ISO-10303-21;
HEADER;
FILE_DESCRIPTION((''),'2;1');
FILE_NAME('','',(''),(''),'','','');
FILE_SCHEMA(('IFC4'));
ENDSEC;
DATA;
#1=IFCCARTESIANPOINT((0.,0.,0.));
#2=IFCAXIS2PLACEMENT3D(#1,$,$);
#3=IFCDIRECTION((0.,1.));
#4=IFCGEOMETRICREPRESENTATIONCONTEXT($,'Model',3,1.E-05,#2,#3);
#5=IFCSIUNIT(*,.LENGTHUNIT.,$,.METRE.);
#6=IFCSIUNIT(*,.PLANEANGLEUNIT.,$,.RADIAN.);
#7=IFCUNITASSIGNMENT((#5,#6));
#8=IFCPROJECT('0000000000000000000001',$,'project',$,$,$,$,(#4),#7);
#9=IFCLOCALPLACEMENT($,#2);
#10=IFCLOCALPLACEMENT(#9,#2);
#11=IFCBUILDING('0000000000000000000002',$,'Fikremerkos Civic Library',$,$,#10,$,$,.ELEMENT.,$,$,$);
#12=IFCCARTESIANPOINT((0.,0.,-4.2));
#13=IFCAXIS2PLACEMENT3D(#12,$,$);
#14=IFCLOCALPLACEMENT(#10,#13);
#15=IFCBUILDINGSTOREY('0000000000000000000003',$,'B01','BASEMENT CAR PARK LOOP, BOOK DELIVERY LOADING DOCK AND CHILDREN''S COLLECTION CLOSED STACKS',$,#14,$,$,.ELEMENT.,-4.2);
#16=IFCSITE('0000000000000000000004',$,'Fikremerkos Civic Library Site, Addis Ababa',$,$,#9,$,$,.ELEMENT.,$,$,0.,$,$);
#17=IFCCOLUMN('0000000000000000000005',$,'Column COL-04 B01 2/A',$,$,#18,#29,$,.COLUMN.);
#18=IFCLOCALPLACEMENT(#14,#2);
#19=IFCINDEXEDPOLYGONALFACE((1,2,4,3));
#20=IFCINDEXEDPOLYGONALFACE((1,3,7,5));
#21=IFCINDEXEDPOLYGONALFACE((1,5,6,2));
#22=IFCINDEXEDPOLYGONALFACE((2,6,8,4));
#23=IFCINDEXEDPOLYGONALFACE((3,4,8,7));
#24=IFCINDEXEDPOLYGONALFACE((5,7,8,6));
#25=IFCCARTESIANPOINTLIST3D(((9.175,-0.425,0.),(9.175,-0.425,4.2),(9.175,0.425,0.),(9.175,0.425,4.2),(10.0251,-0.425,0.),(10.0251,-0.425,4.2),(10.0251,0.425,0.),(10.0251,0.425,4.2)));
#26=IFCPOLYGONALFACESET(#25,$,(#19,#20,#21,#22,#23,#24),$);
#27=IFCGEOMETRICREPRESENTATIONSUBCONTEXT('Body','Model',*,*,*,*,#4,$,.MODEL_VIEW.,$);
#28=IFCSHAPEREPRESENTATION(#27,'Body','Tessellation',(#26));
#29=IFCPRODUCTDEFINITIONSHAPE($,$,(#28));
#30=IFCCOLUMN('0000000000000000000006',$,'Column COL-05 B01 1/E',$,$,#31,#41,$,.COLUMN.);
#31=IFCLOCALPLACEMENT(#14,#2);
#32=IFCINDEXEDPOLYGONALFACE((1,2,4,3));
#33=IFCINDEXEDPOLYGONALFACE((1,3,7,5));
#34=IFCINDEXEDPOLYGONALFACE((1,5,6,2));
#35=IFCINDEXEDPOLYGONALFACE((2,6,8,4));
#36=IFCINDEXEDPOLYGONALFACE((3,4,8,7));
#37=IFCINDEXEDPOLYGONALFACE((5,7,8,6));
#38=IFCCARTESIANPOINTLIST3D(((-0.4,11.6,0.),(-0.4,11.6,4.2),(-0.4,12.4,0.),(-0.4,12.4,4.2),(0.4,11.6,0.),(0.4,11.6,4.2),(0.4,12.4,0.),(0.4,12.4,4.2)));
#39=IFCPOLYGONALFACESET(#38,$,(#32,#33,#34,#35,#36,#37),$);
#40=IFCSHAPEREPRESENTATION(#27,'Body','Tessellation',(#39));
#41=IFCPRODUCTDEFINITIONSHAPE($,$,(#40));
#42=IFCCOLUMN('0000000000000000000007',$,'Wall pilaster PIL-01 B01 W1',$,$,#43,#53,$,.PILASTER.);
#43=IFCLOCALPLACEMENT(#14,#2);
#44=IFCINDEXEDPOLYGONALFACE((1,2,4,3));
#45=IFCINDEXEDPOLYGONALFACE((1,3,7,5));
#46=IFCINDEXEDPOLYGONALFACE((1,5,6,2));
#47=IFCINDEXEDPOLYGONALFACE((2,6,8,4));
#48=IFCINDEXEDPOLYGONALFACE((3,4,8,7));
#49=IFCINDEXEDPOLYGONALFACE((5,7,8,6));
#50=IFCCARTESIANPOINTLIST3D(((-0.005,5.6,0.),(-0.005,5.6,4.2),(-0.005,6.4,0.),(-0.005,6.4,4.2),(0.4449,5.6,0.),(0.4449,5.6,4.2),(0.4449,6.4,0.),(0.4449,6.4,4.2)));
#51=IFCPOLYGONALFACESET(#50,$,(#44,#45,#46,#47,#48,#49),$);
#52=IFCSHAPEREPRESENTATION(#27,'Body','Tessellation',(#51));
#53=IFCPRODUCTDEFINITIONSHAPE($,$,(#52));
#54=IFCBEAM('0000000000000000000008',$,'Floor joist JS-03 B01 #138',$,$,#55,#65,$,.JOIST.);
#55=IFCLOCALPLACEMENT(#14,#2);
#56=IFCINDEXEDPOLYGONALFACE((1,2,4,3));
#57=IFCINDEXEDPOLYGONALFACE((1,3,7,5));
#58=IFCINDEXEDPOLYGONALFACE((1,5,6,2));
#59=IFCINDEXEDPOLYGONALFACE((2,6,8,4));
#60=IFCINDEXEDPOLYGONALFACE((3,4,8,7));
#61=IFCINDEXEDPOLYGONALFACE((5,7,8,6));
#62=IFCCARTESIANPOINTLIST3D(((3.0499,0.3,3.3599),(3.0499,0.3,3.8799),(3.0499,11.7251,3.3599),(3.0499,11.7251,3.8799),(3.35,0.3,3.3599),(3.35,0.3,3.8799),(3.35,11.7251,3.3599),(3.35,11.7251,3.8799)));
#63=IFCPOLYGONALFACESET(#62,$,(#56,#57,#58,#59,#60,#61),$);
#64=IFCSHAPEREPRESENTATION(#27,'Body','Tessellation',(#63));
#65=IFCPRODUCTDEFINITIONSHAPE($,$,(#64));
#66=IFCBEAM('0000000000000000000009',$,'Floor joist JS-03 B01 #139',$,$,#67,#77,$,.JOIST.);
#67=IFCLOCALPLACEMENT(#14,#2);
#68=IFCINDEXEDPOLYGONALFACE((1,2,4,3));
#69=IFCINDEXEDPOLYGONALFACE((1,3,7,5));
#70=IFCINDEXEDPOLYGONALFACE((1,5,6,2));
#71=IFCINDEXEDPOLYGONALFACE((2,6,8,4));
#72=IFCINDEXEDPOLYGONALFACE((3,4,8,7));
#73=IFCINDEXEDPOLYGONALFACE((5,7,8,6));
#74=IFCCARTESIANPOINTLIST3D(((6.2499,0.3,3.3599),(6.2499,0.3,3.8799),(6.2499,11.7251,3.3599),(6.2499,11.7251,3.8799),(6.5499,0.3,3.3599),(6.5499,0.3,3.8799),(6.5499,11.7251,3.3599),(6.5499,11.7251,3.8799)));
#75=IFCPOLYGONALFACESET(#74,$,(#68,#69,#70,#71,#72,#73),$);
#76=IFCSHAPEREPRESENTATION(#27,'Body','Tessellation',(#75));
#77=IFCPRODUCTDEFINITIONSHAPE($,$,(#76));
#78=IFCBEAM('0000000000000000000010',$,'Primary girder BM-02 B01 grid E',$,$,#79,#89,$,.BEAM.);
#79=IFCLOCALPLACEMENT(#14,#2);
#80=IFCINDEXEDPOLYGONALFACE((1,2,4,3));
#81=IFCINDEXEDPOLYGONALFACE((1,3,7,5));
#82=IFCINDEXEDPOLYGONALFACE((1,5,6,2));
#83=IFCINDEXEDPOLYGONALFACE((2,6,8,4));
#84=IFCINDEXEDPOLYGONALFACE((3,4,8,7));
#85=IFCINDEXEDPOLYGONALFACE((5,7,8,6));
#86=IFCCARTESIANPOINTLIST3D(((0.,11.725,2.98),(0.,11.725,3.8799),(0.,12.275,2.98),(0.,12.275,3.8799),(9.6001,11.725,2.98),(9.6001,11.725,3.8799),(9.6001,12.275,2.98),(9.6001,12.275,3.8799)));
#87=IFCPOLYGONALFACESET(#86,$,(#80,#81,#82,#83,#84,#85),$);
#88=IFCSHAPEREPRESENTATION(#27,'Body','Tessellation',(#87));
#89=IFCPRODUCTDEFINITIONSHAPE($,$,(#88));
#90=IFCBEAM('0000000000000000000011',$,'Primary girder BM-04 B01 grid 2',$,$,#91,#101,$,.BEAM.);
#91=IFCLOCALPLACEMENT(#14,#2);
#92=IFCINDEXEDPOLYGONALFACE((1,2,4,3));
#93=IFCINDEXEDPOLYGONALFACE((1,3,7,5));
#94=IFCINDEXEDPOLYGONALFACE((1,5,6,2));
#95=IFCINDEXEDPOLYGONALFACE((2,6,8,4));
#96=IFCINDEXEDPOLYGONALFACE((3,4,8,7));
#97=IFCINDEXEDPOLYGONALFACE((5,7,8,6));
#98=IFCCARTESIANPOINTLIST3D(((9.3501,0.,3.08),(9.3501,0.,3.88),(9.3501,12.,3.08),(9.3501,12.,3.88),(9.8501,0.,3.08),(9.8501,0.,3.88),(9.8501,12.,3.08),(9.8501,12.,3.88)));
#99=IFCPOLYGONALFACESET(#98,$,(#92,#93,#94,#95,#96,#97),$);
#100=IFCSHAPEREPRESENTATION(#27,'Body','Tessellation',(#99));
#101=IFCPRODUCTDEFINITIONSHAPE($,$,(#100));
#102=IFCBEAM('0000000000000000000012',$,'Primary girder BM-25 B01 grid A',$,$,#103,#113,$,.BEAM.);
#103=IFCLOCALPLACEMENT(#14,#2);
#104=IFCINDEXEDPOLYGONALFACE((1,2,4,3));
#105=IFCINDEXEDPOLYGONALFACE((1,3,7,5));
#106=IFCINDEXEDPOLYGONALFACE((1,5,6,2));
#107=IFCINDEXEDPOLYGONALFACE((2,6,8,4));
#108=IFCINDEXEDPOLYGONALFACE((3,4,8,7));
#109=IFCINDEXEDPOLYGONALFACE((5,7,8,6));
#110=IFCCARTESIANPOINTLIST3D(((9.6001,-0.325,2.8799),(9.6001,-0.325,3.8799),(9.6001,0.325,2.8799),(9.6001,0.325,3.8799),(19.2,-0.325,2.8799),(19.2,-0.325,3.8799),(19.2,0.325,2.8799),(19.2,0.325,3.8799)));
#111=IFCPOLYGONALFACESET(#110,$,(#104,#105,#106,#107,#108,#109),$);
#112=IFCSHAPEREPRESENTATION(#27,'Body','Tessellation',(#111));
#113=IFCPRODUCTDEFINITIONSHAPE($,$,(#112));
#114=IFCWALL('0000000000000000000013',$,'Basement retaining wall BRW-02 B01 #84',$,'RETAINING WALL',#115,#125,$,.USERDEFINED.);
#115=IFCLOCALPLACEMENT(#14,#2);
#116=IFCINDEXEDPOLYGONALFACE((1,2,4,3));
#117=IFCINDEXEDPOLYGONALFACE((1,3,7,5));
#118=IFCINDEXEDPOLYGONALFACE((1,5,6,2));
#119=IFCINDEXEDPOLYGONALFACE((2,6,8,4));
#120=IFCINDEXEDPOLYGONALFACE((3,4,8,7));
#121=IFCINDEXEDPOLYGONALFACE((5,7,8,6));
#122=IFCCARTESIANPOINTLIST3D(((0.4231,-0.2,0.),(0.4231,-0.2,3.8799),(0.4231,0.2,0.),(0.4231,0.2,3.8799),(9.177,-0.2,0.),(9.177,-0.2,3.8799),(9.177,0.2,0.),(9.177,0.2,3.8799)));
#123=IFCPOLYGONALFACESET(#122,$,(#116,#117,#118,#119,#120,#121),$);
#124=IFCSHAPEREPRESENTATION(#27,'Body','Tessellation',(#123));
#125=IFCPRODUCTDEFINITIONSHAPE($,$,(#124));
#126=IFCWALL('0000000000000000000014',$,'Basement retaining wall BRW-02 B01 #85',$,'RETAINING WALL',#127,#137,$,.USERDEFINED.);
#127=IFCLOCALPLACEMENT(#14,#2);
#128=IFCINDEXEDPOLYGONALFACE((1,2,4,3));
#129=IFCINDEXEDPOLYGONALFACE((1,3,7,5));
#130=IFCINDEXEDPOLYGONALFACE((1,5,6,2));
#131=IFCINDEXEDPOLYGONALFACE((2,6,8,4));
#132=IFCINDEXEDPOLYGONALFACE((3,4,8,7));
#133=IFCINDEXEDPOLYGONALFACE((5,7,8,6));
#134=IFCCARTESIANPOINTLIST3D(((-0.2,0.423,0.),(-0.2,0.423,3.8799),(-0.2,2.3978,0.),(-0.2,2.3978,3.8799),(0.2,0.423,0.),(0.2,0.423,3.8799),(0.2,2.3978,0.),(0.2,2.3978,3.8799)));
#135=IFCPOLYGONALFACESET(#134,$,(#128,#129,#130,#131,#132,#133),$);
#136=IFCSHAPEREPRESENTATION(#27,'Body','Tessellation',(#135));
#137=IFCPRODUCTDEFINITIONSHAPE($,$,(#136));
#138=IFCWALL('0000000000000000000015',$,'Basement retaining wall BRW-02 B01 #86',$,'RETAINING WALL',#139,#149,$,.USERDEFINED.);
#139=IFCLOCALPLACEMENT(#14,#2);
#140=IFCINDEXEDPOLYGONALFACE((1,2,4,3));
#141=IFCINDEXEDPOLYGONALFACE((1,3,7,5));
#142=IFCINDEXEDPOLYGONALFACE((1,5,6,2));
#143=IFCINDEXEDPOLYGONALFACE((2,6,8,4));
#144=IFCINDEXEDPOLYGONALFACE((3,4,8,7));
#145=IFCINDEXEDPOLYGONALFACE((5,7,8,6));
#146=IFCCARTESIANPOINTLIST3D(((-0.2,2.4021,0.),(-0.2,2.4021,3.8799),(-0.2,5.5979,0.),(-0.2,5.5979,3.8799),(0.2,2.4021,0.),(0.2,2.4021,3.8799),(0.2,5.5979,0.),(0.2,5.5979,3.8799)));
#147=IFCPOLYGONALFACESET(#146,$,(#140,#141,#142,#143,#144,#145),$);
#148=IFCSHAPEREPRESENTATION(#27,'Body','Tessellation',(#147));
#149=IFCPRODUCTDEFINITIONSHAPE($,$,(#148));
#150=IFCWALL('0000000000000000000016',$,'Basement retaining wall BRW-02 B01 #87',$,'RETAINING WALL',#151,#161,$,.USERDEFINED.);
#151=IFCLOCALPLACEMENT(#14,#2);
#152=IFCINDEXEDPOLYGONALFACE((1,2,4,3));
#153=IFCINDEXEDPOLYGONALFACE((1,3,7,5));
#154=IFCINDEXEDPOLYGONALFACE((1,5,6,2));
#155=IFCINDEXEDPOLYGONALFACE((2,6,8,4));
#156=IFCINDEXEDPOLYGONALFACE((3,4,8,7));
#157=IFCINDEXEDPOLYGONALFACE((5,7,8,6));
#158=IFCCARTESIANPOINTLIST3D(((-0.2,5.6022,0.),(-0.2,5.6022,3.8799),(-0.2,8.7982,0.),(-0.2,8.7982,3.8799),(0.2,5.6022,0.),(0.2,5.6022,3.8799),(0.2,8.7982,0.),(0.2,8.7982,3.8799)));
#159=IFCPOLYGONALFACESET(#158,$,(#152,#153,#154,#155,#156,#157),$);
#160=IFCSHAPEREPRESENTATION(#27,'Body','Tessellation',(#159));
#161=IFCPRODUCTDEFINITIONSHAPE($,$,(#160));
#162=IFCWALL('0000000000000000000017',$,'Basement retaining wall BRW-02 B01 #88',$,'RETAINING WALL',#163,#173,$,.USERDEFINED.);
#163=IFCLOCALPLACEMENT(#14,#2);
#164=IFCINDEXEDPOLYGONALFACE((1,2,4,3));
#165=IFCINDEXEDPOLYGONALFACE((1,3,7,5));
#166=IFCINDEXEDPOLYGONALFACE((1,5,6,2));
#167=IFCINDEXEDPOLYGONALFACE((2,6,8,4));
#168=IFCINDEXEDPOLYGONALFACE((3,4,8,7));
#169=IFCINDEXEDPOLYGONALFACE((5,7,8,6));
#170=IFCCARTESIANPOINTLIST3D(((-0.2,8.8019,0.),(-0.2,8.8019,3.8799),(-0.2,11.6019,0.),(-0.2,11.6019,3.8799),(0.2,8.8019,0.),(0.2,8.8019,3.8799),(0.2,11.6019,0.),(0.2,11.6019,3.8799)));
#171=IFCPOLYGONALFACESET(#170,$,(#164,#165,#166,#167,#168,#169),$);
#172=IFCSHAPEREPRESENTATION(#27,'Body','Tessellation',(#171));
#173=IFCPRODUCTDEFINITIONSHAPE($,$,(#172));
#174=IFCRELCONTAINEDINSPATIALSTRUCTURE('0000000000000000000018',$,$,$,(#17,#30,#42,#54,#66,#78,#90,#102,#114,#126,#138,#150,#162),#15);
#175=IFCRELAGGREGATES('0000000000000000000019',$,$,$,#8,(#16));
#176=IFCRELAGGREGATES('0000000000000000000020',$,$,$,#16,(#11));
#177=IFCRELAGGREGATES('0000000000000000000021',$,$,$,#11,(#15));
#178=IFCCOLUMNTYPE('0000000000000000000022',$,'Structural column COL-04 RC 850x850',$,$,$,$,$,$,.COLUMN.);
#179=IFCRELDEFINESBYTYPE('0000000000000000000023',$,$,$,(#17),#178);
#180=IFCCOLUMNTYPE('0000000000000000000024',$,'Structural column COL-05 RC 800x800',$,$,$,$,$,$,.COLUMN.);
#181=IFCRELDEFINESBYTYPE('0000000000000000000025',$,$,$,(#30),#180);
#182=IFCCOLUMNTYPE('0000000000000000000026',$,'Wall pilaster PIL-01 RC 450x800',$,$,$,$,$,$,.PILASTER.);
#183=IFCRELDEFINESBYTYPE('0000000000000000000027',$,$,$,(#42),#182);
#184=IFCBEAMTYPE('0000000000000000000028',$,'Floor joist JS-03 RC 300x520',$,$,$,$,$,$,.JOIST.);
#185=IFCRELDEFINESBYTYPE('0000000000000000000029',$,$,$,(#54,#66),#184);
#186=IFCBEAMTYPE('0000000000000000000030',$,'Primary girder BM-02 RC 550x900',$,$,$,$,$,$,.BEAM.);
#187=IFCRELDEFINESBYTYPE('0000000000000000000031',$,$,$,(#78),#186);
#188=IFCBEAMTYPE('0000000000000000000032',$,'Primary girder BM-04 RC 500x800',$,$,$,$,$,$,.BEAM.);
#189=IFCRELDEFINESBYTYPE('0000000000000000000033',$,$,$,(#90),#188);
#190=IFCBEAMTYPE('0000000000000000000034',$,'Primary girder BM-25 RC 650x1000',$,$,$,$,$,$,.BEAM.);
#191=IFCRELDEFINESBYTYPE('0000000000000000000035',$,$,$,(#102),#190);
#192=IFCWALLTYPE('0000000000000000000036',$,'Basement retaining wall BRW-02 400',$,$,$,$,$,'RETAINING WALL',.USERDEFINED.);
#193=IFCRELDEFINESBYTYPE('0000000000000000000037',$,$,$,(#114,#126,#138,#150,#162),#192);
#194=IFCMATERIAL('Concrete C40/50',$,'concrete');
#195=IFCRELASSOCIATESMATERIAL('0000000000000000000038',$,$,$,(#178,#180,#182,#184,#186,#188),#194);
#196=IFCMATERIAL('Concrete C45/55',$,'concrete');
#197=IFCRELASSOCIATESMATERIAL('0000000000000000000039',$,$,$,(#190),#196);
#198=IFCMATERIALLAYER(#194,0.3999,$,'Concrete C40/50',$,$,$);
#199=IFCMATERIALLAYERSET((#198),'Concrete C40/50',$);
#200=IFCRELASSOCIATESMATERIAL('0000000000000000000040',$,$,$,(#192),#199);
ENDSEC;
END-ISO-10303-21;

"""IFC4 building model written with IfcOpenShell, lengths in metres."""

from ifc_helpers import new_model, si_unit, direction, frame, frame_2d, origin, origin_2d, place, context, subcontext, project, spatial, rectangle, extrude, material, layer, layer_set, material_profile, profile_set, type_object, element, save


model = new_model("IFC4")

# Units and contexts
model_context = context("Model", 3, precision=1e-05, world=origin(), true_north=direction((0.0, 1.0)))
body_context = subcontext(model_context, "Body", "Model", "MODEL_VIEW")
ifc_project = project(units=[si_unit("LENGTHUNIT", "METRE"), si_unit("PLANEANGLEUNIT", "RADIAN")], contexts=[model_context])

# Site, building, storey
site_placement = place(None, origin())
site = spatial("IfcSite", under=ifc_project, at=site_placement, Name="Fikremerkos Civic Library Site, Addis Ababa", CompositionType="ELEMENT", RefElevation=0.0)
building_placement = place(site_placement, origin())
building = spatial("IfcBuilding", under=site, at=building_placement, Name="Fikremerkos Civic Library", CompositionType="ELEMENT")
storey_placement = place(building_placement, frame((0.0, 0.0, -4.2)))
storey = spatial("IfcBuildingStorey", under=building, at=storey_placement, Name="B01", Description="BASEMENT CAR PARK LOOP, BOOK DELIVERY LOADING DOCK AND CHILDREN'S COLLECTION CLOSED STACKS", CompositionType="ELEMENT", Elevation=-4.2)

# Columns
ifc_material_1 = material(Name="Concrete C40/50", Category="concrete")
ifc_material_profile_1 = material_profile(ifc_material_1, rectangle(XDim=0.8501, YDim=0.8501, at=origin_2d()), Name="RC 850x850")
ifc_profile_set_1 = profile_set([ifc_material_profile_1], Name="Concrete C40/50")
column_type_1 = type_object("IfcColumnType", Name="Structural column COL-04 RC 850x850", PredefinedType="COLUMN", material=ifc_profile_set_1)
column_1_placement = place(storey_placement, frame((9.6001, 0.0, 0.0), z_axis=(0.0, 0.0, 1.0), x_axis=(1.0, 0.0, 0.0)))
element("IfcColumn", 1, at=column_1_placement, inside=storey, type_object=column_type_1, Name="Column COL-04 B01 2/A", PredefinedType="COLUMN", context=body_context, shape_type="SweptSolid", body=[
    extrude(rectangle(XDim=0.8501, YDim=0.8501, at=origin_2d()), origin(), (0.0, 0.0, 1.0), 4.2),
])
ifc_material_profile_2 = material_profile(ifc_material_1, rectangle(XDim=0.8, YDim=0.8, at=origin_2d()), Name="RC 800x800")
ifc_profile_set_2 = profile_set([ifc_material_profile_2], Name="Concrete C40/50")
column_type_2 = type_object("IfcColumnType", Name="Structural column COL-05 RC 800x800", PredefinedType="COLUMN", material=ifc_profile_set_2)
column_2_placement = place(storey_placement, frame((0.0, 12.0, 0.0), z_axis=(0.0, 0.0, 1.0), x_axis=(1.0, 0.0, 0.0)))
element("IfcColumn", 2, at=column_2_placement, inside=storey, type_object=column_type_2, Name="Column COL-05 B01 1/E", PredefinedType="COLUMN", context=body_context, shape_type="SweptSolid", body=[
    extrude(rectangle(XDim=0.8, YDim=0.8, at=origin_2d()), origin(), (0.0, 0.0, 1.0), 4.2),
])
ifc_material_profile_3 = material_profile(ifc_material_1, rectangle(XDim=0.45, YDim=0.8, at=origin_2d()), Name="RC 450x800")
ifc_profile_set_3 = profile_set([ifc_material_profile_3], Name="Concrete C40/50")
column_type_3 = type_object("IfcColumnType", Name="Wall pilaster PIL-01 RC 450x800", PredefinedType="PILASTER", material=ifc_profile_set_3)
column_3_placement = place(storey_placement, frame((0.22, 6.0, 0.0), z_axis=(0.0, 0.0, 1.0), x_axis=(1.0, 0.0, 0.0)))
element("IfcColumn", 3, at=column_3_placement, inside=storey, type_object=column_type_3, Name="Wall pilaster PIL-01 B01 W1", PredefinedType="PILASTER", context=body_context, shape_type="SweptSolid", body=[
    extrude(rectangle(XDim=0.45, YDim=0.8, at=origin_2d()), origin(), (0.0, 0.0, 1.0), 4.2),
])

# Beams
ifc_material_profile_4 = material_profile(ifc_material_1, rectangle(XDim=0.3, YDim=0.52, at=origin_2d()), Name="RC 300x520")
ifc_profile_set_4 = profile_set([ifc_material_profile_4], Name="Concrete C40/50")
beam_type_1 = type_object("IfcBeamType", Name="Floor joist JS-03 RC 300x520", PredefinedType="JOIST", material=ifc_profile_set_4)
for number, where, z_axis, x_axis, name in (
    (4, (3.2, 0.3, 3.6199), (0.0, 1.0, 0.0), (-1.0, 0.0, 0.0), "Floor joist JS-03 B01 #138"),
    (5, (6.3999, 0.3, 3.6199), (0.0, 1.0, 0.0), (-1.0, 0.0, 0.0), "Floor joist JS-03 B01 #139"),
):
    element("IfcBeam", number, at=place(storey_placement, frame(where, z_axis=z_axis, x_axis=x_axis)), inside=storey, type_object=beam_type_1, Name=name, PredefinedType="JOIST", context=body_context, shape_type="SweptSolid", body=[
        extrude(rectangle(XDim=0.3, YDim=0.52, at=origin_2d()), origin(), (0.0, 0.0, 1.0), 11.425),
    ])
ifc_material_profile_5 = material_profile(ifc_material_1, rectangle(XDim=0.55, YDim=0.8999, at=origin_2d()), Name="RC 550x900")
ifc_profile_set_5 = profile_set([ifc_material_profile_5], Name="Concrete C40/50")
beam_type_2 = type_object("IfcBeamType", Name="Primary girder BM-02 RC 550x900", PredefinedType="BEAM", material=ifc_profile_set_5)
beam_1_placement = place(storey_placement, frame((0.0, 12.0, 3.4299), z_axis=(1.0, 0.0, 0.0), x_axis=(0.0, 1.0, 0.0)))
element("IfcBeam", 6, at=beam_1_placement, inside=storey, type_object=beam_type_2, Name="Primary girder BM-02 B01 grid E", PredefinedType="BEAM", context=body_context, shape_type="SweptSolid", body=[
    extrude(rectangle(XDim=0.55, YDim=0.8999, at=origin_2d()), origin(), (0.0, 0.0, 1.0), 9.6001),
])
ifc_material_profile_6 = material_profile(ifc_material_1, rectangle(XDim=0.5, YDim=0.8, at=origin_2d()), Name="RC 500x800")
ifc_profile_set_6 = profile_set([ifc_material_profile_6], Name="Concrete C40/50")
beam_type_3 = type_object("IfcBeamType", Name="Primary girder BM-04 RC 500x800", PredefinedType="BEAM", material=ifc_profile_set_6)
beam_2_placement = place(storey_placement, frame((9.6001, 0.0, 3.48), z_axis=(0.0, 1.0, 0.0), x_axis=(-1.0, 0.0, 0.0)))
element("IfcBeam", 7, at=beam_2_placement, inside=storey, type_object=beam_type_3, Name="Primary girder BM-04 B01 grid 2", PredefinedType="BEAM", context=body_context, shape_type="SweptSolid", body=[
    extrude(rectangle(XDim=0.5, YDim=0.8, at=origin_2d()), origin(), (0.0, 0.0, 1.0), 12.0),
])
ifc_material_2 = material(Name="Concrete C45/55", Category="concrete")
ifc_material_profile_7 = material_profile(ifc_material_2, rectangle(XDim=0.6499, YDim=1.0, at=origin_2d()), Name="RC 650x1000")
ifc_profile_set_7 = profile_set([ifc_material_profile_7], Name="Concrete C45/55")
beam_type_4 = type_object("IfcBeamType", Name="Primary girder BM-25 RC 650x1000", PredefinedType="BEAM", material=ifc_profile_set_7)
beam_3_placement = place(storey_placement, frame((9.6001, 0.0, 3.3799), z_axis=(1.0, 0.0, 0.0), x_axis=(0.0, 1.0, 0.0)))
element("IfcBeam", 8, at=beam_3_placement, inside=storey, type_object=beam_type_4, Name="Primary girder BM-25 B01 grid A", PredefinedType="BEAM", context=body_context, shape_type="SweptSolid", body=[
    extrude(rectangle(XDim=0.6499, YDim=1.0, at=origin_2d()), origin(), (0.0, 0.0, 1.0), 9.5999),
])

# Walls
ifc_layer_1 = layer(ifc_material_1, 0.3999, Name="Concrete C40/50")
ifc_layer_set_1 = layer_set([ifc_layer_1], Name="Concrete C40/50")
wall_type = type_object("IfcWallType", Name="Basement retaining wall BRW-02 400", ElementType="RETAINING WALL", PredefinedType="USERDEFINED", material=ifc_layer_set_1)
wall_1_placement = place(storey_placement, frame((9.177, 0.0, 0.0), z_axis=(0.0, 0.0, 1.0), x_axis=(-1.0, 0.0, 0.0)))
element("IfcWall", 9, at=wall_1_placement, inside=storey, type_object=wall_type, Name="Basement retaining wall BRW-02 B01 #84", ObjectType="RETAINING WALL", PredefinedType="USERDEFINED", context=body_context, shape_type="SweptSolid", body=[
    extrude(rectangle(XDim=8.7539, YDim=0.3999, at=frame_2d((4.377, 0.0))), origin(), (0.0, 0.0, 1.0), 3.8799),
])
wall_2_placement = place(storey_placement, frame((0.0, 0.4231, 0.0), z_axis=(0.0, 0.0, 1.0), x_axis=(0.0, 1.0, 0.0)))
element("IfcWall", 10, at=wall_2_placement, inside=storey, type_object=wall_type, Name="Basement retaining wall BRW-02 B01 #85", ObjectType="RETAINING WALL", PredefinedType="USERDEFINED", context=body_context, shape_type="SweptSolid", body=[
    extrude(rectangle(XDim=1.9749, YDim=0.3999, at=frame_2d((0.9873, 0.0))), origin(), (0.0, 0.0, 1.0), 3.8799),
])
wall_3_placement = place(storey_placement, frame((0.0, 2.4021, 0.0), z_axis=(0.0, 0.0, 1.0), x_axis=(0.0, 1.0, 0.0)))
element("IfcWall", 11, at=wall_3_placement, inside=storey, type_object=wall_type, Name="Basement retaining wall BRW-02 B01 #86", ObjectType="RETAINING WALL", PredefinedType="USERDEFINED", context=body_context, shape_type="SweptSolid", body=[
    extrude(rectangle(XDim=3.1958, YDim=0.3999, at=frame_2d((1.5979, 0.0))), origin(), (0.0, 0.0, 1.0), 3.8799),
])
wall_4_placement = place(storey_placement, frame((0.0, 5.6021, 0.0), z_axis=(0.0, 0.0, 1.0), x_axis=(0.0, 1.0, 0.0)))
element("IfcWall", 12, at=wall_4_placement, inside=storey, type_object=wall_type, Name="Basement retaining wall BRW-02 B01 #87", ObjectType="RETAINING WALL", PredefinedType="USERDEFINED", context=body_context, shape_type="SweptSolid", body=[
    extrude(rectangle(XDim=3.196, YDim=0.3999, at=frame_2d((1.5981, 0.0))), origin(), (0.0, 0.0, 1.0), 3.8799),
])
wall_5_placement = place(storey_placement, frame((0.0, 8.802, 0.0), z_axis=(0.0, 0.0, 1.0), x_axis=(0.0, 1.0, 0.0)))
element("IfcWall", 13, at=wall_5_placement, inside=storey, type_object=wall_type, Name="Basement retaining wall BRW-02 B01 #88", ObjectType="RETAINING WALL", PredefinedType="USERDEFINED", context=body_context, shape_type="SweptSolid", body=[
    extrude(rectangle(XDim=2.8, YDim=0.3999, at=frame_2d((1.3999, 0.0))), origin(), (0.0, 0.0, 1.0), 3.8799),
])

save(model, "model.ifc")
